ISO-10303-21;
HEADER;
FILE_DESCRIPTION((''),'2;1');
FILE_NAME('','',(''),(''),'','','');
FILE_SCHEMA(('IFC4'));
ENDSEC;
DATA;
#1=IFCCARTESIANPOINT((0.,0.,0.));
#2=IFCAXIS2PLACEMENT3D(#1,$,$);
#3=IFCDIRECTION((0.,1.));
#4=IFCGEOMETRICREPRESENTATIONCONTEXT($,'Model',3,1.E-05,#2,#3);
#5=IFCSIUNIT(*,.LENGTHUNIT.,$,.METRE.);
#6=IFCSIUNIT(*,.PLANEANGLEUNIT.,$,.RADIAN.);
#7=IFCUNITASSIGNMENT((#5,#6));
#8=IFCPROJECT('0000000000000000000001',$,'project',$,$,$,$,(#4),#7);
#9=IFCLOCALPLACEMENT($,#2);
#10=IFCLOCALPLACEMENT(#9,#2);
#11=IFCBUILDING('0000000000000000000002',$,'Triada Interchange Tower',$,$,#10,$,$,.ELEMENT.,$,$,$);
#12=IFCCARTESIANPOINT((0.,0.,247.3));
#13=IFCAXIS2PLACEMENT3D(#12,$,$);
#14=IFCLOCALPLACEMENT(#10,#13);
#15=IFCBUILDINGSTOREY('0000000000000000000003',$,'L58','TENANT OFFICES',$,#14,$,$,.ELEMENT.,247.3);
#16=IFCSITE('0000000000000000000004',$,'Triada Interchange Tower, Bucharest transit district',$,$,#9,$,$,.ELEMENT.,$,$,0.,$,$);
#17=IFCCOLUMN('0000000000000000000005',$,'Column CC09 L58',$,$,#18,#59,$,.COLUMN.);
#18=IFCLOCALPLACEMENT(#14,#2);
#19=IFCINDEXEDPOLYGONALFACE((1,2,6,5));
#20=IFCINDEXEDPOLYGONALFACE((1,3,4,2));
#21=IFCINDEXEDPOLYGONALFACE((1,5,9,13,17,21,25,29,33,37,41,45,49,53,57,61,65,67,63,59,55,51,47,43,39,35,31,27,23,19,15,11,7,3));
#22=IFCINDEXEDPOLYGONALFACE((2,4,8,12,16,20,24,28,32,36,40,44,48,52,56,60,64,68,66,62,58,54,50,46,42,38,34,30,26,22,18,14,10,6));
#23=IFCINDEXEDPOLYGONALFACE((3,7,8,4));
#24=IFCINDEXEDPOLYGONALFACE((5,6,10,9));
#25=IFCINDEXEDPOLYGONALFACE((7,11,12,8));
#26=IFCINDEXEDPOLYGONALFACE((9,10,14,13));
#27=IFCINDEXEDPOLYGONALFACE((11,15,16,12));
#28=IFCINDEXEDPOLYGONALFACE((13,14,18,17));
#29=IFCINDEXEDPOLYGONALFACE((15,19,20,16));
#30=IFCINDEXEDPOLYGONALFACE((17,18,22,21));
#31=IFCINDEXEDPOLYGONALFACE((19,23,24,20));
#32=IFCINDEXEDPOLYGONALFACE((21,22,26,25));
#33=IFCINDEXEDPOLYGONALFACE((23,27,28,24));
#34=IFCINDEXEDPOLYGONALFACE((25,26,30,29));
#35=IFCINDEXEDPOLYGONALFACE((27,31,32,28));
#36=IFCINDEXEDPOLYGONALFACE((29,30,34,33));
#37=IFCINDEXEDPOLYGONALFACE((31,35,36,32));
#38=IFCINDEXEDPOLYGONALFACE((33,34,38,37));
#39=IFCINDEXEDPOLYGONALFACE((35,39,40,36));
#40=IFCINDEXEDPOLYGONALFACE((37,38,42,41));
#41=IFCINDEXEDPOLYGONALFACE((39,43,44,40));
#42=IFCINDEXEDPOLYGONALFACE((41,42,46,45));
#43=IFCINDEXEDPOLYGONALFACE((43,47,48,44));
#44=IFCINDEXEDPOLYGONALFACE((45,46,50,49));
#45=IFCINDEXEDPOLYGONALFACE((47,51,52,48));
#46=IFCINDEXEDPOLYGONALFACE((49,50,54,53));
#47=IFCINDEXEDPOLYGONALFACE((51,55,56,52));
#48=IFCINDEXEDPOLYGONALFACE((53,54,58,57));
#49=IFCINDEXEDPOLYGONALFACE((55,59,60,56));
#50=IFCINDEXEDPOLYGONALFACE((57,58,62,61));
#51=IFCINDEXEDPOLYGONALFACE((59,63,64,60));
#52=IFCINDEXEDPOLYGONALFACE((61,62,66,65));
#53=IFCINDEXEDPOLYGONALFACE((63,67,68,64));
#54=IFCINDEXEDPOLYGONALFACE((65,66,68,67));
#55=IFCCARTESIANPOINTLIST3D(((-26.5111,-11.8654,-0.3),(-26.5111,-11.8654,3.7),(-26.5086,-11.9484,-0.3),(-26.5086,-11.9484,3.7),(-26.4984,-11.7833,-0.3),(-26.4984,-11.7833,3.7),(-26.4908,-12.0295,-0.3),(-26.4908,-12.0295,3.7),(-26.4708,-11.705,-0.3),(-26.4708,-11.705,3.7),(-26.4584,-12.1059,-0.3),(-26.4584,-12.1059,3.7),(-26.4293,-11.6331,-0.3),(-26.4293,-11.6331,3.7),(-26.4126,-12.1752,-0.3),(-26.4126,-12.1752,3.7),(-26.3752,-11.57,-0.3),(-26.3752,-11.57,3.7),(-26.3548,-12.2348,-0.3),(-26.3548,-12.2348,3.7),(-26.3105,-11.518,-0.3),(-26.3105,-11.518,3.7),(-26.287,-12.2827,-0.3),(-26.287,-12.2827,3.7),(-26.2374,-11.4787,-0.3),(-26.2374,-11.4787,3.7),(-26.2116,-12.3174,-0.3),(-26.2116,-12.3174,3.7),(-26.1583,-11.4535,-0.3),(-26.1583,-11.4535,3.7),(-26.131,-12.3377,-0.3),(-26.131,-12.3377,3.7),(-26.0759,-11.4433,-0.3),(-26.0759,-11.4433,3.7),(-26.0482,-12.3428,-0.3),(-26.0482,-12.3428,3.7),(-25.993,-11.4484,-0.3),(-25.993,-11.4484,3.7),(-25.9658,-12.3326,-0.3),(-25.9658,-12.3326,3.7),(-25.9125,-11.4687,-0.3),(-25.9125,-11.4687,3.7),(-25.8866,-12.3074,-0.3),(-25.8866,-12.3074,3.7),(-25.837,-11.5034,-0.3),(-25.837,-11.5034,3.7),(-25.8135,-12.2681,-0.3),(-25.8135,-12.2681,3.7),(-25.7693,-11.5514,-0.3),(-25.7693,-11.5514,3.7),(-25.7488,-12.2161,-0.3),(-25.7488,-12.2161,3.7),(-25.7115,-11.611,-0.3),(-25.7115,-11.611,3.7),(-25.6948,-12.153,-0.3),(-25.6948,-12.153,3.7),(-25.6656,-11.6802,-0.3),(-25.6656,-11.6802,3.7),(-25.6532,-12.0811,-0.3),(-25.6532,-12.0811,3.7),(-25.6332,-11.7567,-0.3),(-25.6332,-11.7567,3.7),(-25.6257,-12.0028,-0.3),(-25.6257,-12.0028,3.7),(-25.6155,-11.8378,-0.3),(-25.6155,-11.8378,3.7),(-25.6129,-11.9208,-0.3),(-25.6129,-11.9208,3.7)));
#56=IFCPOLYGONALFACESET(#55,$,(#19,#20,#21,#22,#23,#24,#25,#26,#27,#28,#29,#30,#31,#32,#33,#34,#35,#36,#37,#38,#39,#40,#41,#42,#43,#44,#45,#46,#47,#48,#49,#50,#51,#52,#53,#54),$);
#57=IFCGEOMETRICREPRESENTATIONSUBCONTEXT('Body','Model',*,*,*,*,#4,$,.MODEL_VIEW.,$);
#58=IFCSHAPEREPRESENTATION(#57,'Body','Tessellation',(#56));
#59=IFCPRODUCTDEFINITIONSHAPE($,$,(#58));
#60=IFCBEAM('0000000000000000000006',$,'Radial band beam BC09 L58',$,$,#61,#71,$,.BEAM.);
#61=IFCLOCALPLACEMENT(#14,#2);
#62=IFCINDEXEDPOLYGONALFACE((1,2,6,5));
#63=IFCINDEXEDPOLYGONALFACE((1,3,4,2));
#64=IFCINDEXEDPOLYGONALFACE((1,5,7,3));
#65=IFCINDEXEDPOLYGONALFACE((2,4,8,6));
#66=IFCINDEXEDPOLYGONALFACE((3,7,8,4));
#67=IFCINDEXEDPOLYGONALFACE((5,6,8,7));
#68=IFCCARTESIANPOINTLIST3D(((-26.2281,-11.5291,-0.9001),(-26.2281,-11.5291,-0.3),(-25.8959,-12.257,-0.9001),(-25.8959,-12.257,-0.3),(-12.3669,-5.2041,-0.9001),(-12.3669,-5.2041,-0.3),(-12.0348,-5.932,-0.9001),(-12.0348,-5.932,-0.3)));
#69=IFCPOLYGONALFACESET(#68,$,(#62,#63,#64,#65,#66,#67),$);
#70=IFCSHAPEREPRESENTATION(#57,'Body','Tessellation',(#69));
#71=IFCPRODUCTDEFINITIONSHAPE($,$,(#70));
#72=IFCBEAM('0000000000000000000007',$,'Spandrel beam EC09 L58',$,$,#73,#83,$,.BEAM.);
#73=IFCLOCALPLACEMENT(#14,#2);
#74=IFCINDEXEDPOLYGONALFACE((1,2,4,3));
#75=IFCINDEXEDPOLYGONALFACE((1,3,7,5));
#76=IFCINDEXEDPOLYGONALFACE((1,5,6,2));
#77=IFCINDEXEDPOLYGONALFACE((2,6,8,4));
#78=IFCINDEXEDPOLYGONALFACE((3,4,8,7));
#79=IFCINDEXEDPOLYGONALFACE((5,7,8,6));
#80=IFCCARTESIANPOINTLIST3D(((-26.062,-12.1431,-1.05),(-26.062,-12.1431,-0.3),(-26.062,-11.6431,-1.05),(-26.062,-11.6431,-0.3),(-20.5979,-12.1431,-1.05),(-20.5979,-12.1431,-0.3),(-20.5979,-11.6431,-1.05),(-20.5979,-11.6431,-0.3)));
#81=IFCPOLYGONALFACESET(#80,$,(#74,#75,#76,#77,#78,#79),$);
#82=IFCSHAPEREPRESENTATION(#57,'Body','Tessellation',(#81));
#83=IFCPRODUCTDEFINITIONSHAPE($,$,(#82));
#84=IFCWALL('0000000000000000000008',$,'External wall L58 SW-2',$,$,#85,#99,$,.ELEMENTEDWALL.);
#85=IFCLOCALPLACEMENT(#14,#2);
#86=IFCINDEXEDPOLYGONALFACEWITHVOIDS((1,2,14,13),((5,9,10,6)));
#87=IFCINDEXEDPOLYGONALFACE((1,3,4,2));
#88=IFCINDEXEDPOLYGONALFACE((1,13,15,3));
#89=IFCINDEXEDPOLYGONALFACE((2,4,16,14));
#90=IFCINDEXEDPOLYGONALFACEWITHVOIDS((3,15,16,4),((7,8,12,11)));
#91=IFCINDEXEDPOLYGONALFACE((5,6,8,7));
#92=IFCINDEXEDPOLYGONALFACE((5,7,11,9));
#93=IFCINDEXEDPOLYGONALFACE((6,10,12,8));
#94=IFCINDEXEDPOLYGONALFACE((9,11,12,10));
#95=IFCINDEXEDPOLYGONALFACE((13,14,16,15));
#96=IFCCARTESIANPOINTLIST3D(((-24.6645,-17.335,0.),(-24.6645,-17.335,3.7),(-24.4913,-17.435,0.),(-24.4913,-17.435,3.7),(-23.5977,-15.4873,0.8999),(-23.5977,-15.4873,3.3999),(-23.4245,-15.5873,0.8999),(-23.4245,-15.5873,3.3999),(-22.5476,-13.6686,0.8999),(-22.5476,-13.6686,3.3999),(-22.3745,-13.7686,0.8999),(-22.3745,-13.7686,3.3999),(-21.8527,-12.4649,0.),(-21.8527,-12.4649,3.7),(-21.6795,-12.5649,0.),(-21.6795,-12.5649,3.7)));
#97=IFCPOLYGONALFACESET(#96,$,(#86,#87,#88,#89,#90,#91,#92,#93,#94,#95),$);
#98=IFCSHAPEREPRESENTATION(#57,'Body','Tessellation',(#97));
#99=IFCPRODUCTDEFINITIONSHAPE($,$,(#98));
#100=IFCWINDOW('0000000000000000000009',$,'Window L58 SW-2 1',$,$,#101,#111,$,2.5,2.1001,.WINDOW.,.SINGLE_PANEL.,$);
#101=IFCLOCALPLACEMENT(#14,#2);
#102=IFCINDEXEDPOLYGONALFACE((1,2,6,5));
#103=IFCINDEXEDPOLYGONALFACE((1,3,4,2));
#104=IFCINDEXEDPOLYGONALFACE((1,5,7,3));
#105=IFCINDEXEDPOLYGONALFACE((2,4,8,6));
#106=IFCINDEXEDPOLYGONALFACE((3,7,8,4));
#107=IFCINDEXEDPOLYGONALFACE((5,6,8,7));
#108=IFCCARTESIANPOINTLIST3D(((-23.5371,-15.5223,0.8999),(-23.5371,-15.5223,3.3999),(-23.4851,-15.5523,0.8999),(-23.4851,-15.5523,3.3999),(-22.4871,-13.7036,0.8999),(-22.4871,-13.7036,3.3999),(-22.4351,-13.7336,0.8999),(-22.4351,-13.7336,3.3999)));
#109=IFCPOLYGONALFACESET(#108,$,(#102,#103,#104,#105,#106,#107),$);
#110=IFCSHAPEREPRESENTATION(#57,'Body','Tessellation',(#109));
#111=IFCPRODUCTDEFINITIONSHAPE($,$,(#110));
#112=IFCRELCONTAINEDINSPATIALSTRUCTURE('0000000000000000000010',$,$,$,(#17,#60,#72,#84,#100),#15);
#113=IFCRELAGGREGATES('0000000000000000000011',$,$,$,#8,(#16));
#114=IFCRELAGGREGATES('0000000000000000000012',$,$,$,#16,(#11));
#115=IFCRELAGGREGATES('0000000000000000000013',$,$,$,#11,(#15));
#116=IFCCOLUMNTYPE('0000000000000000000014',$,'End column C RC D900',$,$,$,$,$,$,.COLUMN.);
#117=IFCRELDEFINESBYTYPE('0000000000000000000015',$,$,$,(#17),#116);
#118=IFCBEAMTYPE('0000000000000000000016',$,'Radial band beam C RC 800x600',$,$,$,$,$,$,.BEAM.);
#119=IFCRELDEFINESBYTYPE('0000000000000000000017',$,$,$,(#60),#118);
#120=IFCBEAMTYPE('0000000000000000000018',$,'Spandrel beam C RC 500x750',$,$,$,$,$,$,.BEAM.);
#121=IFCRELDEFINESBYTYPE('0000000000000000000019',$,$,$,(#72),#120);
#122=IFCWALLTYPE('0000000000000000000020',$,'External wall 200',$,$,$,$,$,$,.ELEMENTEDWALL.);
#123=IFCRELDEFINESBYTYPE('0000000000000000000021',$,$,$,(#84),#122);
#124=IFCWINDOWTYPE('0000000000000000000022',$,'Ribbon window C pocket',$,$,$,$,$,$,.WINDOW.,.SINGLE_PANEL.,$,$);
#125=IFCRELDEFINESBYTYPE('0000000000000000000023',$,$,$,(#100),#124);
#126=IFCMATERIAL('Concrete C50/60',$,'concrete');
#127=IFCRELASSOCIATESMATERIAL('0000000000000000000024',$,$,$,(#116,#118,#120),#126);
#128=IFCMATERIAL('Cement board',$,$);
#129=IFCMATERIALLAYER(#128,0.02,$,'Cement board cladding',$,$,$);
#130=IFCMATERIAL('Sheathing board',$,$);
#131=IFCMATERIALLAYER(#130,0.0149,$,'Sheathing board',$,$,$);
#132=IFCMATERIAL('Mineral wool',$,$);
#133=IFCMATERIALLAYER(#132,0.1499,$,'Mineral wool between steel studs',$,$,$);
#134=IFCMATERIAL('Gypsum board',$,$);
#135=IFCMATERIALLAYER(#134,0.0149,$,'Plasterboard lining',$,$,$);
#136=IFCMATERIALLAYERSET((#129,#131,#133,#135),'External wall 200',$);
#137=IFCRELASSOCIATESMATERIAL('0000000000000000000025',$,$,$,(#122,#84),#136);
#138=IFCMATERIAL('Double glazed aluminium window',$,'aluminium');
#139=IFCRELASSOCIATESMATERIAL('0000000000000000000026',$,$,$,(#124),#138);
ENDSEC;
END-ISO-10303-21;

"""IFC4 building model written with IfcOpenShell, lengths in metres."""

from ifc_helpers import new_model, si_unit, direction, frame, frame_2d, origin, origin_2d, place, context, subcontext, project, spatial, rectangle, circle, extrude, material, layer, layer_set, layer_usage, material_profile, profile_set, type_object, element, fill, save


model = new_model("IFC4")

# Units and contexts
model_context = context("Model", 3, precision=1e-05, world=origin(), true_north=direction((0.0, 1.0)))
body_context = subcontext(model_context, "Body", "Model", "MODEL_VIEW")
ifc_project = project(units=[si_unit("LENGTHUNIT", "METRE"), si_unit("PLANEANGLEUNIT", "RADIAN")], contexts=[model_context])

# Site, building, storey
site_placement = place(None, origin())
site = spatial("IfcSite", under=ifc_project, at=site_placement, Name="Triada Interchange Tower, Bucharest transit district", CompositionType="ELEMENT", RefElevation=0.0)
building_placement = place(site_placement, origin())
building = spatial("IfcBuilding", under=site, at=building_placement, Name="Triada Interchange Tower", CompositionType="ELEMENT")
storey_placement = place(building_placement, frame((0.0, 0.0, 247.3)))
storey = spatial("IfcBuildingStorey", under=building, at=storey_placement, Name="L58", Description="TENANT OFFICES", CompositionType="ELEMENT", Elevation=247.3)

# Column
ifc_material_1 = material(Name="Concrete C50/60", Category="concrete")
ifc_material_profile_1 = material_profile(ifc_material_1, circle(Radius=0.45, at=origin_2d()), Name="RC D900")
ifc_profile_set_1 = profile_set([ifc_material_profile_1], Name="Concrete C50/60")
column_type = type_object("IfcColumnType", Name="End column C RC D900", PredefinedType="COLUMN", material=ifc_profile_set_1)
column_placement = place(storey_placement, frame((-26.062, -11.8931, -0.3), z_axis=(0.0, 0.0, 1.0), x_axis=(0.5, 0.866025, 0.0)))
element("IfcColumn", 1, at=column_placement, inside=storey, type_object=column_type, Name="Column CC09 L58", PredefinedType="COLUMN", context=body_context, shape_type="SweptSolid", body=[
    extrude(circle(Radius=0.45, at=origin_2d()), origin(), (0.0, 0.0, 1.0), 4.0),
])

# Beams
ifc_material_profile_2 = material_profile(ifc_material_1, rectangle(XDim=0.8, YDim=0.6001, at=origin_2d()), Name="RC 800x600")
ifc_profile_set_2 = profile_set([ifc_material_profile_2], Name="Concrete C50/60")
beam_type_1 = type_object("IfcBeamType", Name="Radial band beam C RC 800x600", PredefinedType="BEAM", material=ifc_profile_set_2)
beam_1_placement = place(storey_placement, frame((-26.062, -11.8931, -0.6001), z_axis=(0.909761, 0.415133, 0.0), x_axis=(-0.415133, 0.909761, 0.0)))
element("IfcBeam", 2, at=beam_1_placement, inside=storey, type_object=beam_type_1, Name="Radial band beam BC09 L58", PredefinedType="BEAM", context=body_context, shape_type="SweptSolid", body=[
    extrude(rectangle(XDim=0.8, YDim=0.6001, at=origin_2d()), origin(), (0.0, 0.0, 1.0), 15.2361),
])
ifc_material_profile_3 = material_profile(ifc_material_1, rectangle(XDim=0.5, YDim=0.75, at=origin_2d()), Name="RC 500x750")
ifc_profile_set_3 = profile_set([ifc_material_profile_3], Name="Concrete C50/60")
beam_type_2 = type_object("IfcBeamType", Name="Spandrel beam C RC 500x750", PredefinedType="BEAM", material=ifc_profile_set_3)
beam_2_placement = place(storey_placement, frame((-26.062, -11.8931, -0.675), z_axis=(1.0, 0.0, 0.0), x_axis=(0.0, 1.0, 0.0)))
element("IfcBeam", 3, at=beam_2_placement, inside=storey, type_object=beam_type_2, Name="Spandrel beam EC09 L58", PredefinedType="BEAM", context=body_context, shape_type="SweptSolid", body=[
    extrude(rectangle(XDim=0.5, YDim=0.75, at=origin_2d()), origin(), (0.0, 0.0, 1.0), 5.4641),
])

# Wall, opening, window
ifc_material_2 = material(Name="Cement board")
ifc_layer_1 = layer(ifc_material_2, 0.02, Name="Cement board cladding")
ifc_material_3 = material(Name="Sheathing board")
ifc_layer_2 = layer(ifc_material_3, 0.0149, Name="Sheathing board")
ifc_material_4 = material(Name="Mineral wool")
ifc_layer_3 = layer(ifc_material_4, 0.1499, Name="Mineral wool between steel studs")
ifc_material_5 = material(Name="Gypsum board")
ifc_layer_4 = layer(ifc_material_5, 0.0149, Name="Plasterboard lining")
ifc_layer_set = layer_set([ifc_layer_1, ifc_layer_2, ifc_layer_3, ifc_layer_4], Name="External wall 200")
ifc_layer_usage = layer_usage(ifc_layer_set, "AXIS2", "POSITIVE", -0.1001)
wall_type = type_object("IfcWallType", Name="External wall 200", PredefinedType="ELEMENTEDWALL", material=ifc_layer_set)
wall_placement = place(storey_placement, frame((-21.7661, -12.5149, 0.0), z_axis=(0.0, 0.0, 1.0), x_axis=(-0.500001, -0.866025, 0.0)))
wall = element("IfcWall", 4, at=wall_placement, inside=storey, type_object=wall_type, material=ifc_layer_usage, Name="External wall L58 SW-2", PredefinedType="ELEMENTEDWALL", context=body_context, shape_type="SweptSolid", body=[
    extrude(rectangle(XDim=5.6235, YDim=0.2, at=frame_2d((2.8118, 0.0))), origin(), (0.0, 0.0, 1.0), 3.7),
])
opening_placement = place(wall_placement, frame((1.3899, 0.0, 0.8999)))
opening = element("IfcOpeningElement", 5, at=opening_placement, cuts=wall, PredefinedType="OPENING", context=body_context, shape_type="SweptSolid", body=[
    extrude(rectangle(XDim=2.1001, YDim=2.5, at=frame_2d((1.05, 1.25))), frame((0.0, 0.1099, 0.0), z_axis=(0.0, -1.0, 0.0), x_axis=(1.0, 0.0, 0.0)), (0.0, 0.0, 1.0), 0.22),
])
ifc_material_6 = material(Name="Double glazed aluminium window", Category="aluminium")
window_type = type_object("IfcWindowType", Name="Ribbon window C pocket", PartitioningType="SINGLE_PANEL", PredefinedType="WINDOW", material=ifc_material_6)
window_placement = place(opening_placement, origin())
window = element("IfcWindow", 6, at=window_placement, inside=storey, type_object=window_type, Name="Window L58 SW-2 1", OverallHeight=2.5, OverallWidth=2.1001, PartitioningType="SINGLE_PANEL", PredefinedType="WINDOW", context=body_context, shape_type="SweptSolid", body=[
    extrude(rectangle(XDim=2.1001, YDim=2.5, at=frame_2d((1.05, 1.25))), frame((0.0, 0.03, 0.0), z_axis=(0.0, -1.0, 0.0), x_axis=(1.0, 0.0, 0.0)), (0.0, 0.0, 1.0), 0.0601),
])
fill(opening, window)

save(model, "model.ifc")
